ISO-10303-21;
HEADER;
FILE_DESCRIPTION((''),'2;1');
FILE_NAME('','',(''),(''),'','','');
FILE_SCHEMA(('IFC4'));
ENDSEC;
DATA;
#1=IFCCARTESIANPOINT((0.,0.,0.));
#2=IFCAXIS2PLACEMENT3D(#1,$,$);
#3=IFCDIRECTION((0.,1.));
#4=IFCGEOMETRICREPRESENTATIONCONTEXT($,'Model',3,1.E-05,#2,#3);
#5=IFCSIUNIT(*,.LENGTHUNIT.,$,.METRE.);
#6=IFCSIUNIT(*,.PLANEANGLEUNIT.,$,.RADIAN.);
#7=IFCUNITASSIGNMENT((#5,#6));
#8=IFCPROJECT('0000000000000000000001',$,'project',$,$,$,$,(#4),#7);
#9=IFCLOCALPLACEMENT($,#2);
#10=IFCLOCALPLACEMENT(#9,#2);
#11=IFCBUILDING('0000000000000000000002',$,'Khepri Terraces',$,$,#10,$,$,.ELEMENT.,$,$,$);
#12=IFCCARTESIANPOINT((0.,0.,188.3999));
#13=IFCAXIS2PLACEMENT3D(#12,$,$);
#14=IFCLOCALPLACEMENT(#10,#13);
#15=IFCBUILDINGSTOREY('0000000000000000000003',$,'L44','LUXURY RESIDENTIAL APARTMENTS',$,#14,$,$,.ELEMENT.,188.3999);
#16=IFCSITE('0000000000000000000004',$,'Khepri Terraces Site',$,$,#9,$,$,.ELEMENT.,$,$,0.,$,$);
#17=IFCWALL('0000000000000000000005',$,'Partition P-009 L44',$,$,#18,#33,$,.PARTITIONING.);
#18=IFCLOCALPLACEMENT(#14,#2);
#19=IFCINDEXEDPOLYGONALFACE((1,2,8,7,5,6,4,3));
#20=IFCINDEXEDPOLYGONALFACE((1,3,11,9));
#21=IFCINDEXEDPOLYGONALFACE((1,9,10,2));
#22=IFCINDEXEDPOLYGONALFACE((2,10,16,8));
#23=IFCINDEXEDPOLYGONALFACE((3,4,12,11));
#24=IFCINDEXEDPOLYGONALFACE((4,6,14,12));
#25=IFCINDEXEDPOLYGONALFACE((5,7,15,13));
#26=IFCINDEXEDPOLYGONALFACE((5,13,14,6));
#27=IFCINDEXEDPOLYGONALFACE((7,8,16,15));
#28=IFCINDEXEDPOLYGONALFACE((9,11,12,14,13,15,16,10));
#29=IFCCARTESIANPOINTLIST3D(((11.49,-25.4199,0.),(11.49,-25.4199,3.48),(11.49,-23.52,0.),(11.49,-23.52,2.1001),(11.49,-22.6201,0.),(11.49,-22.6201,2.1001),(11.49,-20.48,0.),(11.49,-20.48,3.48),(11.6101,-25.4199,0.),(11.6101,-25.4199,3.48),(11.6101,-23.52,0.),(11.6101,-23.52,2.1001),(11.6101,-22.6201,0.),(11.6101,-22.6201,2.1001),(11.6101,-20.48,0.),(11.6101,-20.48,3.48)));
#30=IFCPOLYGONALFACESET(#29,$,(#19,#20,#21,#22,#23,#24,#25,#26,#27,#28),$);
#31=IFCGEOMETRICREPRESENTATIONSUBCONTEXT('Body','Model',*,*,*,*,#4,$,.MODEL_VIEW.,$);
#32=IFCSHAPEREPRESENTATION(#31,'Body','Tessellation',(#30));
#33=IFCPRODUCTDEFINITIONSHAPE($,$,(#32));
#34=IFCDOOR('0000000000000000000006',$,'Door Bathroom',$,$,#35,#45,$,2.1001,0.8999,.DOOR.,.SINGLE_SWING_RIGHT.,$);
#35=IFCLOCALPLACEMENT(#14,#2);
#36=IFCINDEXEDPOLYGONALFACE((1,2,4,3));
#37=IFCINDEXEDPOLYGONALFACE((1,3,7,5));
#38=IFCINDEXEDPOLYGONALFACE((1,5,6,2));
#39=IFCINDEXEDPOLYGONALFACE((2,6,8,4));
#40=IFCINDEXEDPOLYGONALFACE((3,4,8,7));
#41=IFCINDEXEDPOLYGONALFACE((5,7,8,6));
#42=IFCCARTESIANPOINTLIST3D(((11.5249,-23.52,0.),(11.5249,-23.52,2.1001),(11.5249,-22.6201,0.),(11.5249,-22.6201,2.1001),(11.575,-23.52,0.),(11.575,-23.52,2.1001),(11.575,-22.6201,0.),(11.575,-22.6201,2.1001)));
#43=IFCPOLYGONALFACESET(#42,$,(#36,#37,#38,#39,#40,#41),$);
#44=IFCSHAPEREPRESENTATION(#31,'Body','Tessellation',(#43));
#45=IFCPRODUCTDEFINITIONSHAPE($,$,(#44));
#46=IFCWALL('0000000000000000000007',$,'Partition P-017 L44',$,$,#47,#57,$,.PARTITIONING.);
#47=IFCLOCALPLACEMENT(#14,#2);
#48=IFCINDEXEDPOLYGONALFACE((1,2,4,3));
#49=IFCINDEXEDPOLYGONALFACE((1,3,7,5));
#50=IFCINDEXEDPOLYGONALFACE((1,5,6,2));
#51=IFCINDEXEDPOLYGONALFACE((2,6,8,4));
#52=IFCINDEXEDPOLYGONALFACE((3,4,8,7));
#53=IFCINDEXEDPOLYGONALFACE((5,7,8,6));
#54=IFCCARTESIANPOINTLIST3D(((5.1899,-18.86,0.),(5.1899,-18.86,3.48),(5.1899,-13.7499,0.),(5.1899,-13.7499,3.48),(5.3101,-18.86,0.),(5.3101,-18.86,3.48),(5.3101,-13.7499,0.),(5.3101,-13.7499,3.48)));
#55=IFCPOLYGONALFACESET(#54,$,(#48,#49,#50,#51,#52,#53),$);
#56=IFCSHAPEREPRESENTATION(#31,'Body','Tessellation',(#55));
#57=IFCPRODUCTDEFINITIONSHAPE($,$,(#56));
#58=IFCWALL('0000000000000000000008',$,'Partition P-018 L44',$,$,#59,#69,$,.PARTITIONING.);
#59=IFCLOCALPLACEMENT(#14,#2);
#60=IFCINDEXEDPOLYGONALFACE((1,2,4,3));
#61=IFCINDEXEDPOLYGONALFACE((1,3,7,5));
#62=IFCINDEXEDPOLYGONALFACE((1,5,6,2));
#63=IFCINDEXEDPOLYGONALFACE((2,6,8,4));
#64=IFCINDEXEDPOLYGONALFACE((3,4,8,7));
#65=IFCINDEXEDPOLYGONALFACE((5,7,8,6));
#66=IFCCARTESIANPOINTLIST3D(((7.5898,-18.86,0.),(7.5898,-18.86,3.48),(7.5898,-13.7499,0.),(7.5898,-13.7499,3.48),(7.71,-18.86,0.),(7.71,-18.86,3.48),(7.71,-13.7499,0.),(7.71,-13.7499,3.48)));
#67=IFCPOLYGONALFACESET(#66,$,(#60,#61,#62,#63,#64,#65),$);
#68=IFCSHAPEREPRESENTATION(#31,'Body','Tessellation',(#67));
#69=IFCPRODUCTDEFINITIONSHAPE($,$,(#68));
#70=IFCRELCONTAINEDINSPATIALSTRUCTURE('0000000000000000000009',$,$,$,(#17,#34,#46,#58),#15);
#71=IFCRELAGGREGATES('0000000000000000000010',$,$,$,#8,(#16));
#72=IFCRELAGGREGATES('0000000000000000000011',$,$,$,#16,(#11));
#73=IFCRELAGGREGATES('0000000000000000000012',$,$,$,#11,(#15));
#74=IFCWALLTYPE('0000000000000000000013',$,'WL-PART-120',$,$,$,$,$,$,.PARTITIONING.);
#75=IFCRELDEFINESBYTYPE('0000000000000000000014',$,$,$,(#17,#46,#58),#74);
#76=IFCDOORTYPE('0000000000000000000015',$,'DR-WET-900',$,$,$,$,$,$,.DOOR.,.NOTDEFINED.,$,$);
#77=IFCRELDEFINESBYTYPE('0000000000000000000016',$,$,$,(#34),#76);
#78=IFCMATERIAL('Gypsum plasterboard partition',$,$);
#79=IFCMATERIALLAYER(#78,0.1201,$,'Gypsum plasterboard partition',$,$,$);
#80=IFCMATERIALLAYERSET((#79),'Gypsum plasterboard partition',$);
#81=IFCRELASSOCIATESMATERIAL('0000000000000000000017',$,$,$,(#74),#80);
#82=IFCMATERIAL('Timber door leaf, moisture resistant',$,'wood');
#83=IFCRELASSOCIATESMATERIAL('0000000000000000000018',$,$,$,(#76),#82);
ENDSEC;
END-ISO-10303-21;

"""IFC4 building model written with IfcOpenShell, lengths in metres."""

from ifc_helpers import new_model, si_unit, direction, frame, frame_2d, origin, place, context, subcontext, project, spatial, rectangle, extrude, material, layer, layer_set, type_object, element, fill, save


model = new_model("IFC4")

# Units and contexts
model_context = context("Model", 3, precision=1e-05, world=origin(), true_north=direction((0.0, 1.0)))
body_context = subcontext(model_context, "Body", "Model", "MODEL_VIEW")
ifc_project = project(units=[si_unit("LENGTHUNIT", "METRE"), si_unit("PLANEANGLEUNIT", "RADIAN")], contexts=[model_context])

# Site, building, storey
site_placement = place(None, origin())
site = spatial("IfcSite", under=ifc_project, at=site_placement, Name="Khepri Terraces Site", CompositionType="ELEMENT", RefElevation=0.0)
building_placement = place(site_placement, origin())
building = spatial("IfcBuilding", under=site, at=building_placement, Name="Khepri Terraces", CompositionType="ELEMENT")
storey_placement = place(building_placement, frame((0.0, 0.0, 188.3999)))
storey = spatial("IfcBuildingStorey", under=building, at=storey_placement, Name="L44", Description="LUXURY RESIDENTIAL APARTMENTS", CompositionType="ELEMENT", Elevation=188.3999)

# Shared definitions
ifc_material_1 = material(Name="Gypsum plasterboard partition")
ifc_layer_1 = layer(ifc_material_1, 0.1201, Name="Gypsum plasterboard partition")
ifc_layer_set_1 = layer_set([ifc_layer_1], Name="Gypsum plasterboard partition")
wall_type_1 = type_object("IfcWallType", Name="WL-PART-120", PredefinedType="PARTITIONING", material=ifc_layer_set_1)
ifc_material_2 = material(Name="Timber door leaf, moisture resistant", Category="wood")
door_type_1 = type_object("IfcDoorType", Name="DR-WET-900", OperationType="NOTDEFINED", PredefinedType="DOOR", material=ifc_material_2)

# Wall, opening, door
wall_1_placement = place(storey_placement, frame((11.55, -25.4199, 0.0), z_axis=(0.0, 0.0, 1.0), x_axis=(0.0, 1.0, 0.0)))
wall_1 = element("IfcWall", 1, at=wall_1_placement, inside=storey, type_object=wall_type_1, Name="Partition P-009 L44", PredefinedType="PARTITIONING", context=body_context, shape_type="SweptSolid", body=[
    extrude(rectangle(XDim=4.9399, YDim=0.1201, at=frame_2d((2.47, 0.0))), origin(), (0.0, 0.0, 1.0), 3.48),
])
opening_1_placement = place(wall_1_placement, frame((1.8999, 0.0, 0.0)))
opening_1 = element("IfcOpeningElement", 2, at=opening_1_placement, cuts=wall_1, PredefinedType="OPENING", context=body_context, shape_type="SweptSolid", body=[
    extrude(rectangle(XDim=0.8999, YDim=2.1001, at=frame_2d((0.45, 1.05))), frame((0.0, 0.0701, 0.0), z_axis=(0.0, -1.0, 0.0), x_axis=(1.0, 0.0, 0.0)), (0.0, 0.0, 1.0), 0.1401),
])
door_1_placement = place(opening_1_placement, frame((0.8999, 0.0, 0.0), z_axis=(0.0, 0.0, 1.0), x_axis=(-1.0, 0.0, 0.0)))
door_1 = element("IfcDoor", 3, at=door_1_placement, inside=storey, type_object=door_type_1, Name="Door Bathroom", OperationType="SINGLE_SWING_RIGHT", OverallHeight=2.1001, OverallWidth=0.8999, PredefinedType="DOOR", context=body_context, shape_type="SweptSolid", body=[
    extrude(rectangle(XDim=0.8999, YDim=2.1001, at=frame_2d((0.45, 1.05))), frame((0.0, 0.0249, 0.0), z_axis=(0.0, -1.0, 0.0), x_axis=(1.0, 0.0, 0.0)), (0.0, 0.0, 1.0), 0.05),
])
fill(opening_1, door_1)

# Walls
for number, where, z_axis, x_axis, name in (
    (4, (5.25, -18.8601, 0.0), (0.0, 0.0, 1.0), (0.0, 1.0, 0.0), "Partition P-017 L44"),
    (5, (7.6499, -18.8601, 0.0), (0.0, 0.0, 1.0), (0.0, 1.0, 0.0), "Partition P-018 L44"),
):
    element("IfcWall", number, at=place(storey_placement, frame(where, z_axis=z_axis, x_axis=x_axis)), inside=storey, type_object=wall_type_1, Name=name, PredefinedType="PARTITIONING", context=body_context, shape_type="SweptSolid", body=[
        extrude(rectangle(XDim=5.1101, YDim=0.1201, at=frame_2d((2.5552, 0.0))), origin(), (0.0, 0.0, 1.0), 3.48),
    ])

save(model, "model.ifc")
